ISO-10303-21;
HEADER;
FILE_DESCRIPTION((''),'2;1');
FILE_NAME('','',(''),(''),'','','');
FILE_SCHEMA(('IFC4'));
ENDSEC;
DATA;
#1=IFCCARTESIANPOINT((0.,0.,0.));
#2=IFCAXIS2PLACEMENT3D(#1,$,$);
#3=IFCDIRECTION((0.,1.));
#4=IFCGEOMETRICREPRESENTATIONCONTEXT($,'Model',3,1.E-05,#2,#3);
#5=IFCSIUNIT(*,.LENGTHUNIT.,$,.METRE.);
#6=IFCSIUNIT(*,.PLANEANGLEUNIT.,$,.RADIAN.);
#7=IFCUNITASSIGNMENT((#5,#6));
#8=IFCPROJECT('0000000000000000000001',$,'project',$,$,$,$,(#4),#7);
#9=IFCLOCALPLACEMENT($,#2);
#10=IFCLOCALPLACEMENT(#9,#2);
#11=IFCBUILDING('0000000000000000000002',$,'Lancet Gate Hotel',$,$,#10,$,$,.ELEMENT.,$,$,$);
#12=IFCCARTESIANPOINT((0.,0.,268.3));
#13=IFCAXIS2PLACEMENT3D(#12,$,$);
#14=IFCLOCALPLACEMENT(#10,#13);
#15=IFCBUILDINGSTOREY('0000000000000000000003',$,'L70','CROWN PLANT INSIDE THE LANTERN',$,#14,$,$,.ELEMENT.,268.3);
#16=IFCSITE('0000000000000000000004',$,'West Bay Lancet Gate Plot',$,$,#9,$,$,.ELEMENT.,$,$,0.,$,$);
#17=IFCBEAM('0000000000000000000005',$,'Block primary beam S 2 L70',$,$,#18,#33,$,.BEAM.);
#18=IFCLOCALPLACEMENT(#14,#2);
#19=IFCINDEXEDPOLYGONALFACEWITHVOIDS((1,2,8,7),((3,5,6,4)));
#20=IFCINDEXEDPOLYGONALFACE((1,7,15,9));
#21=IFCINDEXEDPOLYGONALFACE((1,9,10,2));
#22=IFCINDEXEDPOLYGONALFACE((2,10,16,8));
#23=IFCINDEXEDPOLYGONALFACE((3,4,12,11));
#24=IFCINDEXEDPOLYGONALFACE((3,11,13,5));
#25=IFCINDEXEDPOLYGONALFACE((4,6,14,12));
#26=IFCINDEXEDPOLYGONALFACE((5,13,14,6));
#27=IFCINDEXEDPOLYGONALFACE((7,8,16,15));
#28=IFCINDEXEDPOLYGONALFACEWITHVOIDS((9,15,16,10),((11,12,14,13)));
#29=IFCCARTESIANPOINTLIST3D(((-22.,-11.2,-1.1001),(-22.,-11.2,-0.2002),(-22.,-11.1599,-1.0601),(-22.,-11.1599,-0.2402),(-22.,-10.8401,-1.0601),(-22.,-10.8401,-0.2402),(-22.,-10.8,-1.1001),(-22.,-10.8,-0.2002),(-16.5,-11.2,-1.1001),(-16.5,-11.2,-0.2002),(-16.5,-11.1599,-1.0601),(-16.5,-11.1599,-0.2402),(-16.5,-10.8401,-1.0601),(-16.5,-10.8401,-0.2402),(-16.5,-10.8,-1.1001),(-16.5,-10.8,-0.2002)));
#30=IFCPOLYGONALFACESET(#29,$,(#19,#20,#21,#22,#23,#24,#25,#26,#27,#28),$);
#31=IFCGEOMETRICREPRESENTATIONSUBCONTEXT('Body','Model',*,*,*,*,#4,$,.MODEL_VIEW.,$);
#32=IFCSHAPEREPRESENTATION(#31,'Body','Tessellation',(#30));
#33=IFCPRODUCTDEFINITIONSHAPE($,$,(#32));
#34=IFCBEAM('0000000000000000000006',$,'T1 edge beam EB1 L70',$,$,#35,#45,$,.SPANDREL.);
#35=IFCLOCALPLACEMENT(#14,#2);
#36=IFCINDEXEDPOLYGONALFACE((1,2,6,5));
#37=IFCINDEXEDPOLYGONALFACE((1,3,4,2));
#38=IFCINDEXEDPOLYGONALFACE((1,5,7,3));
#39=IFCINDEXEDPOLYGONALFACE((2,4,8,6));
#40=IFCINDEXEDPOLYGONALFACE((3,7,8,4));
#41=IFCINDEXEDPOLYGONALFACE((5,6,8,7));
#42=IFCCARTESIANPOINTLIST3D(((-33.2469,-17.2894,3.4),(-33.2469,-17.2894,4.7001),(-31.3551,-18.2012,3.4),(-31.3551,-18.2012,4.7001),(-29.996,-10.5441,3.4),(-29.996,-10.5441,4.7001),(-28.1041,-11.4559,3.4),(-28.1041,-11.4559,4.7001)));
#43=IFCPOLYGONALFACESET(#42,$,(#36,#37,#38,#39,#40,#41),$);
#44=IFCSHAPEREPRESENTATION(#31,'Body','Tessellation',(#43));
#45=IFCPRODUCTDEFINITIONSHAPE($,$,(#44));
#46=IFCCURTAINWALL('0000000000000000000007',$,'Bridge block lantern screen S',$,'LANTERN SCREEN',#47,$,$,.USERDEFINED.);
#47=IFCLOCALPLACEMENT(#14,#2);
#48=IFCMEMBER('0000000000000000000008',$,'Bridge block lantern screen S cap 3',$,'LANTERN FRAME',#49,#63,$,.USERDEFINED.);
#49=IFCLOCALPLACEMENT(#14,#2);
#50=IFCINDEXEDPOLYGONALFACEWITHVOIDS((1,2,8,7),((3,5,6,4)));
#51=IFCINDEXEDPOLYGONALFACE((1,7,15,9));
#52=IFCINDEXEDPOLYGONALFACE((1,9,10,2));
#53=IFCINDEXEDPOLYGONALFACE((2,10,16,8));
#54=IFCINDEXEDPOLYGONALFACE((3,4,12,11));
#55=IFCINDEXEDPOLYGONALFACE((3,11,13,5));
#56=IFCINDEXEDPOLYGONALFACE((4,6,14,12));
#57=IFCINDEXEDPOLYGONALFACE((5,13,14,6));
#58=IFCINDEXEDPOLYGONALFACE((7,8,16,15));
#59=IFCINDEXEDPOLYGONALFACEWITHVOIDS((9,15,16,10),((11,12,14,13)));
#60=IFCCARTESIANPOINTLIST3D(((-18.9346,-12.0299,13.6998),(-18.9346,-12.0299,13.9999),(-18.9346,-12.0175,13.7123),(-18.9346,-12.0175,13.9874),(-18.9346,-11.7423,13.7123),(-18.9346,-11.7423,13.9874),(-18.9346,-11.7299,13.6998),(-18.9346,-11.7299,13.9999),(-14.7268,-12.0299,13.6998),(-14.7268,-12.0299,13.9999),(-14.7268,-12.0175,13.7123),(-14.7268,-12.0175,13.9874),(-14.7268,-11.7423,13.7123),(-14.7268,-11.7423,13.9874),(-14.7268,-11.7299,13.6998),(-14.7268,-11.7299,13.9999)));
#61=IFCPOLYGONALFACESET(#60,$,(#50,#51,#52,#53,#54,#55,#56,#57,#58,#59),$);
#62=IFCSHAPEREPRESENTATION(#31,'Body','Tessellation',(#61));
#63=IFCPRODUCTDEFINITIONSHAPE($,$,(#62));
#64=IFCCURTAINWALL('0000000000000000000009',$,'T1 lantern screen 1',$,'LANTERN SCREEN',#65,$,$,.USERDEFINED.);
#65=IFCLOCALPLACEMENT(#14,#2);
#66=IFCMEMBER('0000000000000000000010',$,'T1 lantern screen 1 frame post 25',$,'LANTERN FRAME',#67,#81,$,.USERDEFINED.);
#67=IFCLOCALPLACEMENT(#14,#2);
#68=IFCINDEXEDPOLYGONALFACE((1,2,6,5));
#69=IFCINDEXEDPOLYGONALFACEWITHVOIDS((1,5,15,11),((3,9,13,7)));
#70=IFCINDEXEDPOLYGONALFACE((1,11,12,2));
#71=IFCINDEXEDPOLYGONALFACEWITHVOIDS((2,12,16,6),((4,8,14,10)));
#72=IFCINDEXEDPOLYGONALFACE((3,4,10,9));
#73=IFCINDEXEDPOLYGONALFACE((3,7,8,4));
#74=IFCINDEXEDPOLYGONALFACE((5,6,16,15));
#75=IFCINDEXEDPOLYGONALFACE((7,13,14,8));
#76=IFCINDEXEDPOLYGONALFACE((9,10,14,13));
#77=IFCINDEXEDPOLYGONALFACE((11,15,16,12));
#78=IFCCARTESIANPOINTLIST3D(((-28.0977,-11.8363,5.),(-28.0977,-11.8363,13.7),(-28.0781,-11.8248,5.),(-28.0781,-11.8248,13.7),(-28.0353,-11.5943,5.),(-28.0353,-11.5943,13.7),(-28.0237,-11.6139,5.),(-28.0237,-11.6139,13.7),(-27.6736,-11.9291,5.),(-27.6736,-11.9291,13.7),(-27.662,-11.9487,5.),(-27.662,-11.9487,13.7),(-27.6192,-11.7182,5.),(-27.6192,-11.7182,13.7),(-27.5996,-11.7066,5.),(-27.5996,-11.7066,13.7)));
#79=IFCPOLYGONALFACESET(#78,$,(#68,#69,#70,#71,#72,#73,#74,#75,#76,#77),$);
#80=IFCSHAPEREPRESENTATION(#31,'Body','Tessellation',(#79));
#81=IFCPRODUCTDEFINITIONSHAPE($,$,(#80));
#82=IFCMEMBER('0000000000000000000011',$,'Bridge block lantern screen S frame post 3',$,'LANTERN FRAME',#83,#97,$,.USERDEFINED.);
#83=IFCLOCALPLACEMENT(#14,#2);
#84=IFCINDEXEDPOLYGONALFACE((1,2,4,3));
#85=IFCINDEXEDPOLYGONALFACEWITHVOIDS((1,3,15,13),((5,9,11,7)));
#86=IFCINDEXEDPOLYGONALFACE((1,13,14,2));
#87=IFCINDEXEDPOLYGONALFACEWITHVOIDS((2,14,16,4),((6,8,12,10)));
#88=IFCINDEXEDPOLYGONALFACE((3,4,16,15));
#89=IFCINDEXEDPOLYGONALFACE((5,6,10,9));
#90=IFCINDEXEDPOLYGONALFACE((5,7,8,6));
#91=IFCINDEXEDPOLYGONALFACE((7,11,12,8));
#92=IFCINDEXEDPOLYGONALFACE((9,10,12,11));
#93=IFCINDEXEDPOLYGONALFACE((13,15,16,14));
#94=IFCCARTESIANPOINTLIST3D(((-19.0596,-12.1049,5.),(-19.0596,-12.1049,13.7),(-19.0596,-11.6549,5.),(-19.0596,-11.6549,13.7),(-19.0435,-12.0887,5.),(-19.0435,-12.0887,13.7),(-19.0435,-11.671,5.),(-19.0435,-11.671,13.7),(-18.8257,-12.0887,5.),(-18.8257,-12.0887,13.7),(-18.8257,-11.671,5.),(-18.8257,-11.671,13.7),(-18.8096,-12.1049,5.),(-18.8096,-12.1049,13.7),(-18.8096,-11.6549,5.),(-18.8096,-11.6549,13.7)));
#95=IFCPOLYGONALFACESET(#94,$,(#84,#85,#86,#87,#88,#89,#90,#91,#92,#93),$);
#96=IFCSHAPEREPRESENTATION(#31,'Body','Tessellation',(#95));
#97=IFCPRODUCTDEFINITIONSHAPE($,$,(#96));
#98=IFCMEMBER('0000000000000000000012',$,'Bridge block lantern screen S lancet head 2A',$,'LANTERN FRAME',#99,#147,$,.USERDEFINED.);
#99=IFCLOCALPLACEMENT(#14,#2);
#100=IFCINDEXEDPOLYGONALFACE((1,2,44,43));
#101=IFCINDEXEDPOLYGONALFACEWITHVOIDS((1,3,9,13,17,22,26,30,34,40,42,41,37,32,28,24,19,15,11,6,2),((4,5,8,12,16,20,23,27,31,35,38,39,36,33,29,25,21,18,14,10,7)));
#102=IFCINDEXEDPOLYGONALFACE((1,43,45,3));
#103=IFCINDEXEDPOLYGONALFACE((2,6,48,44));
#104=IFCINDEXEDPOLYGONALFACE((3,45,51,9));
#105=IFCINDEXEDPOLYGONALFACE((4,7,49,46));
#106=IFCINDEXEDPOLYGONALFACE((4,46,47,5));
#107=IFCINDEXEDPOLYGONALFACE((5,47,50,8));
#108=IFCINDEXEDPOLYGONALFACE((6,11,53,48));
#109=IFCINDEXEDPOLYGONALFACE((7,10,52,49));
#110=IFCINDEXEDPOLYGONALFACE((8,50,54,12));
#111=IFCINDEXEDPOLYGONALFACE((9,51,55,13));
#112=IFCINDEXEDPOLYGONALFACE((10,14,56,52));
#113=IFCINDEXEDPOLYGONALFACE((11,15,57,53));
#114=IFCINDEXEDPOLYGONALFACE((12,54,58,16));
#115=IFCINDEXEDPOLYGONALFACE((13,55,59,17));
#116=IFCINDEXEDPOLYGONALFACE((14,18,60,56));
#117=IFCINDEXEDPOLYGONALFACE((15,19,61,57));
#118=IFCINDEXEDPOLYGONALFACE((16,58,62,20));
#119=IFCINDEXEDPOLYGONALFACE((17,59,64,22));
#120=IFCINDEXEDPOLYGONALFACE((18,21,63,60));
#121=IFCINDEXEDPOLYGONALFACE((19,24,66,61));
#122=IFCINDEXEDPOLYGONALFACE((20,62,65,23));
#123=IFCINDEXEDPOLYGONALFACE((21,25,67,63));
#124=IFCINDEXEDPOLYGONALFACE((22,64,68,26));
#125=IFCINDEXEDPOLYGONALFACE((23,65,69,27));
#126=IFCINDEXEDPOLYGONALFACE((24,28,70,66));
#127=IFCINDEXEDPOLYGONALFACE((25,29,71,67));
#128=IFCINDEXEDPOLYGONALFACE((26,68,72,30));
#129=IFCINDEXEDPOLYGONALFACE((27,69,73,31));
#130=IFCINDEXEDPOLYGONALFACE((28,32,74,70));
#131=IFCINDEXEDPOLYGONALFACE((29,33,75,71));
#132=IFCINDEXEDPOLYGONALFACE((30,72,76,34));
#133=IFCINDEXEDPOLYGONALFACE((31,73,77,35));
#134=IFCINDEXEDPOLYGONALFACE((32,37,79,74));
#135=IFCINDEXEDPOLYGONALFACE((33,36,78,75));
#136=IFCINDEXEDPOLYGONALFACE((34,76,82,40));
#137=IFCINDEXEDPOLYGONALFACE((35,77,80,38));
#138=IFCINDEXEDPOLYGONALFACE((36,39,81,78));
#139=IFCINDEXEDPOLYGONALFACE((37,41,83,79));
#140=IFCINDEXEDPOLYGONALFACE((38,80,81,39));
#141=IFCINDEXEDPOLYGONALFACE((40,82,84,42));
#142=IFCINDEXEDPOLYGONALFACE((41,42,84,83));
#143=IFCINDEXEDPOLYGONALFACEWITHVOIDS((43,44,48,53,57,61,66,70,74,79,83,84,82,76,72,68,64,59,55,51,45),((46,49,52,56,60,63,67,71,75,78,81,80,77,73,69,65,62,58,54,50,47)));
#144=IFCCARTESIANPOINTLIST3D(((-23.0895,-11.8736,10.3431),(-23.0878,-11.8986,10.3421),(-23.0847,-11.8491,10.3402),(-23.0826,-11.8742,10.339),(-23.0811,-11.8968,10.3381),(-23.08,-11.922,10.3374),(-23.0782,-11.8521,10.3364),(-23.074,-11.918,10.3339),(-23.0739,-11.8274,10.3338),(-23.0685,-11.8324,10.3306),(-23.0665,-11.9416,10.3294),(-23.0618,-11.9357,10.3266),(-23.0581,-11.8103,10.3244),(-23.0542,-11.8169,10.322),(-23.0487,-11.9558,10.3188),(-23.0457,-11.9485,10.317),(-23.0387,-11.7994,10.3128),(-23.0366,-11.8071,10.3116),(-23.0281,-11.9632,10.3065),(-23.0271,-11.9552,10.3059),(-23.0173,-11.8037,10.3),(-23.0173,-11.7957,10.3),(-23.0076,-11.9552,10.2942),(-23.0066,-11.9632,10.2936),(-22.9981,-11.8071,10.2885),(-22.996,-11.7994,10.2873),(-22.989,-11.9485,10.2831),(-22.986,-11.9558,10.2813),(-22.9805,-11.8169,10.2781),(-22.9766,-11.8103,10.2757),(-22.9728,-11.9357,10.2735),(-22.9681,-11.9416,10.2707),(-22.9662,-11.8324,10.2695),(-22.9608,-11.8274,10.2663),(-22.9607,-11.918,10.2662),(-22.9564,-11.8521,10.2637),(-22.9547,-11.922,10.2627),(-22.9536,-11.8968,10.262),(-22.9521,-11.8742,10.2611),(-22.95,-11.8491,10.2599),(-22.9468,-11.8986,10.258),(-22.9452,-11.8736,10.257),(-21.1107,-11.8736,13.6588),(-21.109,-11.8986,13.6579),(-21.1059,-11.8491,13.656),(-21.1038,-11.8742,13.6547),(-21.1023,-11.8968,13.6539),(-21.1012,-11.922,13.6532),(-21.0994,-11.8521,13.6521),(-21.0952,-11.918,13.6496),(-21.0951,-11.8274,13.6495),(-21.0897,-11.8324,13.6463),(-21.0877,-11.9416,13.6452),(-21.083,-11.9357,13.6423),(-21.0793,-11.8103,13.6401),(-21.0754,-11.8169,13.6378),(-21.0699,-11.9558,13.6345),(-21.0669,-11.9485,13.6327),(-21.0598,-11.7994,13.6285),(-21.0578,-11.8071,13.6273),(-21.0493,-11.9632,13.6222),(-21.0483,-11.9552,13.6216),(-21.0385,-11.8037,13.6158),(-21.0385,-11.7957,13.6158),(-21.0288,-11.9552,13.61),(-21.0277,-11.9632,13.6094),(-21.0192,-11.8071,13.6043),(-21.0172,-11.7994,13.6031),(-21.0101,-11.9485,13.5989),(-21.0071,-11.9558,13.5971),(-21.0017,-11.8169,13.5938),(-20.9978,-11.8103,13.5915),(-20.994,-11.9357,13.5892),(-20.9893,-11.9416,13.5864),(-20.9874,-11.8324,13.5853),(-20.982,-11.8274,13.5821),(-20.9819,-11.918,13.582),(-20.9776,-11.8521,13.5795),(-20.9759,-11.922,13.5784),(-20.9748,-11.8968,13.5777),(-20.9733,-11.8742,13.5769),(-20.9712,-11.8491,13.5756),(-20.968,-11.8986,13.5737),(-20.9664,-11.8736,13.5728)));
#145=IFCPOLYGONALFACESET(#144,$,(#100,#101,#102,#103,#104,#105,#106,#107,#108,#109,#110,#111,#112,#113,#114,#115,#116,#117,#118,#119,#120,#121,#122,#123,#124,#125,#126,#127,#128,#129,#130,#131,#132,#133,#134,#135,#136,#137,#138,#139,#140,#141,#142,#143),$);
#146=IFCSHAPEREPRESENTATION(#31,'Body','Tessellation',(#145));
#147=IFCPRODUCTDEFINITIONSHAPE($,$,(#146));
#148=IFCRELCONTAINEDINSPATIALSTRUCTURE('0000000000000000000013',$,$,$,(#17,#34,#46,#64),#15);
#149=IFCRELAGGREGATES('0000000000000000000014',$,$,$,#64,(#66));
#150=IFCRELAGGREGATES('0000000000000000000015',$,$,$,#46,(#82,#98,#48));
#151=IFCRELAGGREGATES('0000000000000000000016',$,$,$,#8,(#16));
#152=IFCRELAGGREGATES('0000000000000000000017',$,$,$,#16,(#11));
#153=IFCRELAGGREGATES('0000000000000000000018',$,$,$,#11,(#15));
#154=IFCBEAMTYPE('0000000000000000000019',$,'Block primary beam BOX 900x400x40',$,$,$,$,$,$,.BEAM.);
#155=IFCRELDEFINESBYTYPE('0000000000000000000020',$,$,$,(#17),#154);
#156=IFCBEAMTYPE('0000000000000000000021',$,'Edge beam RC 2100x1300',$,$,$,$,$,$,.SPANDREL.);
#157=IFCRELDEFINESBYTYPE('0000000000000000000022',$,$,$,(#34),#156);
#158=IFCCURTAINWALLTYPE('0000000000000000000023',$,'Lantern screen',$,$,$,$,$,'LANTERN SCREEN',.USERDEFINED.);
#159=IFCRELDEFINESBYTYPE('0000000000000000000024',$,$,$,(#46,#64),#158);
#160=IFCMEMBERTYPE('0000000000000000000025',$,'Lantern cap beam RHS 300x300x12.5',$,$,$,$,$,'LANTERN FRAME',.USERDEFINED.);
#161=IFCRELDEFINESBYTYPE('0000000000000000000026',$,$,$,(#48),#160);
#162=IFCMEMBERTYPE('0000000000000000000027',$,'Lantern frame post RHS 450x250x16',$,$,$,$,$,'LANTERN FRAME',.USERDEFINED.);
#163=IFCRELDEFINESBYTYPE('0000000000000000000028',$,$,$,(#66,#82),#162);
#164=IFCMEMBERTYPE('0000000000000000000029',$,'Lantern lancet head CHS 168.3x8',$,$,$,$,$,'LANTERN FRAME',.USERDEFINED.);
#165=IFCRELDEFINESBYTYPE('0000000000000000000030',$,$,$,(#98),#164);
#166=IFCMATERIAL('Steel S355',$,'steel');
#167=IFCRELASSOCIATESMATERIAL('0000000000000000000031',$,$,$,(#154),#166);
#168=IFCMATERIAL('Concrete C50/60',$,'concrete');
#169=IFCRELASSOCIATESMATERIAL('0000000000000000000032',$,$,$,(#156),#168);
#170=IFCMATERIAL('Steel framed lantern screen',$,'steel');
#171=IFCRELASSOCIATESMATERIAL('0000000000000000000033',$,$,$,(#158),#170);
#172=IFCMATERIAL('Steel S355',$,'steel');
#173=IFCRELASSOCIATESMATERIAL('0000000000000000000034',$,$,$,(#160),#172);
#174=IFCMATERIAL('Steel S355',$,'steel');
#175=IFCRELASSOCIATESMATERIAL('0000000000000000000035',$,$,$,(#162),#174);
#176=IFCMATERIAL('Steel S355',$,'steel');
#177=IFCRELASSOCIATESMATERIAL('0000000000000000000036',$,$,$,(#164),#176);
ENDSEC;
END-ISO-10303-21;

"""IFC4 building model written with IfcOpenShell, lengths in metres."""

from ifc_helpers import new_model, si_unit, direction, frame, origin, origin_2d, place, context, subcontext, project, spatial, rectangle, hollow_rectangle, hollow_circle, extrude, material, material_profile, profile_set, type_object, element, aggregate, save


model = new_model("IFC4")

# Units and contexts
model_context = context("Model", 3, precision=1e-05, world=origin(), true_north=direction((0.0, 1.0)))
body_context = subcontext(model_context, "Body", "Model", "MODEL_VIEW")
ifc_project = project(units=[si_unit("LENGTHUNIT", "METRE"), si_unit("PLANEANGLEUNIT", "RADIAN")], contexts=[model_context])

# Site, building, storey
site_placement = place(None, origin())
site = spatial("IfcSite", under=ifc_project, at=site_placement, Name="West Bay Lancet Gate Plot", CompositionType="ELEMENT", RefElevation=0.0)
building_placement = place(site_placement, origin())
building = spatial("IfcBuilding", under=site, at=building_placement, Name="Lancet Gate Hotel", CompositionType="ELEMENT")
storey_placement = place(building_placement, frame((0.0, 0.0, 268.3)))
storey = spatial("IfcBuildingStorey", under=building, at=storey_placement, Name="L70", Description="CROWN PLANT INSIDE THE LANTERN", CompositionType="ELEMENT", Elevation=268.3)

# Beams
ifc_material_1 = material(Name="Steel S355", Category="steel")
ifc_material_profile_1 = material_profile(ifc_material_1, hollow_rectangle(XDim=0.3999, YDim=0.8999, WallThickness=0.04, at=origin_2d()), Name="BOX 900x400x40")
ifc_profile_set_1 = profile_set([ifc_material_profile_1], Name="Steel S355")
beam_type_1 = type_object("IfcBeamType", Name="Block primary beam BOX 900x400x40", PredefinedType="BEAM", material=ifc_profile_set_1)
beam_1_placement = place(storey_placement, frame((-22.0, -11.0, -0.6501), z_axis=(1.0, 0.0, 0.0), x_axis=(0.0, 1.0, 0.0)))
element("IfcBeam", 1, at=beam_1_placement, inside=storey, type_object=beam_type_1, Name="Block primary beam S 2 L70", PredefinedType="BEAM", context=body_context, shape_type="SweptSolid", body=[
    extrude(hollow_rectangle(XDim=0.3999, YDim=0.8999, WallThickness=0.04, at=origin_2d()), origin(), (0.0, 0.0, 1.0), 5.5),
])
ifc_material_2 = material(Name="Concrete C50/60", Category="concrete")
ifc_material_profile_2 = material_profile(ifc_material_2, rectangle(XDim=2.1001, YDim=1.3, at=origin_2d()), Name="RC 2100x1300")
ifc_profile_set_2 = profile_set([ifc_material_profile_2], Name="Concrete C50/60")
beam_type_2 = type_object("IfcBeamType", Name="Edge beam RC 2100x1300", PredefinedType="SPANDREL", material=ifc_profile_set_2)
beam_2_placement = place(storey_placement, frame((-29.05, -11.0, 4.05), z_axis=(-0.434164, -0.900834, 0.0), x_axis=(0.900834, -0.434164, 0.0)))
element("IfcBeam", 2, at=beam_2_placement, inside=storey, type_object=beam_type_2, Name="T1 edge beam EB1 L70", PredefinedType="SPANDREL", context=body_context, shape_type="SweptSolid", body=[
    extrude(rectangle(XDim=2.1001, YDim=1.3, at=origin_2d()), origin(), (0.0, 0.0, 1.0), 7.4878),
])

# Curtain walls, members
ifc_material_3 = material(Name="Steel framed lantern screen", Category="steel")
curtain_wall_type_1 = type_object("IfcCurtainWallType", Name="Lantern screen", ElementType="LANTERN SCREEN", PredefinedType="USERDEFINED", material=ifc_material_3)
curtain_wall_1_placement = place(storey_placement, origin())
curtain_wall_1 = element("IfcCurtainWall", 3, at=curtain_wall_1_placement, inside=storey, type_object=curtain_wall_type_1, Name="Bridge block lantern screen S", ObjectType="LANTERN SCREEN", PredefinedType="USERDEFINED")
ifc_material_4 = material(Name="Steel S355", Category="steel")
ifc_material_profile_3 = material_profile(ifc_material_4, hollow_rectangle(XDim=0.3, YDim=0.3, WallThickness=0.0125, at=origin_2d()), Name="RHS 300x300x12.5")
ifc_profile_set_3 = profile_set([ifc_material_profile_3], Name="Steel S355")
member_type_1 = type_object("IfcMemberType", Name="Lantern cap beam RHS 300x300x12.5", ElementType="LANTERN FRAME", PredefinedType="USERDEFINED", material=ifc_profile_set_3)
member_1_placement = place(storey_placement, frame((-18.9346, -11.8799, 13.8499), z_axis=(1.0, 0.0, 0.0), x_axis=(0.0, 1.0, 0.0)))
member_1 = element("IfcMember", 4, at=member_1_placement, type_object=member_type_1, Name="Bridge block lantern screen S cap 3", ObjectType="LANTERN FRAME", PredefinedType="USERDEFINED", context=body_context, shape_type="SweptSolid", body=[
    extrude(hollow_rectangle(XDim=0.3, YDim=0.3, WallThickness=0.0125, at=origin_2d()), origin(), (0.0, 0.0, 1.0), 4.2078),
])
curtain_wall_2_placement = place(storey_placement, origin())
curtain_wall_2 = element("IfcCurtainWall", 5, at=curtain_wall_2_placement, inside=storey, type_object=curtain_wall_type_1, Name="T1 lantern screen 1", ObjectType="LANTERN SCREEN", PredefinedType="USERDEFINED")
ifc_material_5 = material(Name="Steel S355", Category="steel")
ifc_material_profile_4 = material_profile(ifc_material_5, hollow_rectangle(XDim=0.25, YDim=0.45, WallThickness=0.0161, at=origin_2d()), Name="RHS 450x250x16")
ifc_profile_set_4 = profile_set([ifc_material_profile_4], Name="Steel S355")
member_type_2 = type_object("IfcMemberType", Name="Lantern frame post RHS 450x250x16", ElementType="LANTERN FRAME", PredefinedType="USERDEFINED", material=ifc_profile_set_4)
member_2_placement = place(storey_placement, frame((-27.8486, -11.7715, 5.0), z_axis=(0.0, 0.0, 1.0), x_axis=(0.249726, 0.968317, 0.0)))
member_2 = element("IfcMember", 6, at=member_2_placement, type_object=member_type_2, Name="T1 lantern screen 1 frame post 25", ObjectType="LANTERN FRAME", PredefinedType="USERDEFINED", context=body_context, shape_type="SweptSolid", body=[
    extrude(hollow_rectangle(XDim=0.25, YDim=0.45, WallThickness=0.0161, at=origin_2d()), origin(), (0.0, 0.0, 1.0), 8.7),
])
aggregate(curtain_wall_2, [member_2])

# Members
member_3_placement = place(storey_placement, frame((-18.9346, -11.8799, 5.0), z_axis=(0.0, 0.0, 1.0), x_axis=(1.0, 0.0, 0.0)))
member_3 = element("IfcMember", 7, at=member_3_placement, type_object=member_type_2, Name="Bridge block lantern screen S frame post 3", ObjectType="LANTERN FRAME", PredefinedType="USERDEFINED", context=body_context, shape_type="SweptSolid", body=[
    extrude(hollow_rectangle(XDim=0.25, YDim=0.45, WallThickness=0.0161, at=origin_2d()), origin(), (0.0, 0.0, 1.0), 8.7),
])
ifc_material_6 = material(Name="Steel S355", Category="steel")
ifc_material_profile_5 = material_profile(ifc_material_6, hollow_circle(Radius=0.0842, WallThickness=0.0081, at=origin_2d()), Name="CHS 168.3x8.0")
ifc_profile_set_5 = profile_set([ifc_material_profile_5], Name="Steel S355")
member_type_3 = type_object("IfcMemberType", Name="Lantern lancet head CHS 168.3x8", ElementType="LANTERN FRAME", PredefinedType="USERDEFINED", material=ifc_profile_set_5)
member_4_placement = place(storey_placement, frame((-23.0173, -11.8799, 10.3), z_axis=(0.512467, 0.0, 0.858707), x_axis=(0.0, 1.0, 0.0)))
member_4 = element("IfcMember", 8, at=member_4_placement, type_object=member_type_3, Name="Bridge block lantern screen S lancet head 2A", ObjectType="LANTERN FRAME", PredefinedType="USERDEFINED", context=body_context, shape_type="SweptSolid", body=[
    extrude(hollow_circle(Radius=0.0842, WallThickness=0.0081, at=origin_2d()), origin(), (0.0, 0.0, 1.0), 3.8613),
])
aggregate(curtain_wall_1, [member_3, member_4, member_1])

save(model, "model.ifc")
